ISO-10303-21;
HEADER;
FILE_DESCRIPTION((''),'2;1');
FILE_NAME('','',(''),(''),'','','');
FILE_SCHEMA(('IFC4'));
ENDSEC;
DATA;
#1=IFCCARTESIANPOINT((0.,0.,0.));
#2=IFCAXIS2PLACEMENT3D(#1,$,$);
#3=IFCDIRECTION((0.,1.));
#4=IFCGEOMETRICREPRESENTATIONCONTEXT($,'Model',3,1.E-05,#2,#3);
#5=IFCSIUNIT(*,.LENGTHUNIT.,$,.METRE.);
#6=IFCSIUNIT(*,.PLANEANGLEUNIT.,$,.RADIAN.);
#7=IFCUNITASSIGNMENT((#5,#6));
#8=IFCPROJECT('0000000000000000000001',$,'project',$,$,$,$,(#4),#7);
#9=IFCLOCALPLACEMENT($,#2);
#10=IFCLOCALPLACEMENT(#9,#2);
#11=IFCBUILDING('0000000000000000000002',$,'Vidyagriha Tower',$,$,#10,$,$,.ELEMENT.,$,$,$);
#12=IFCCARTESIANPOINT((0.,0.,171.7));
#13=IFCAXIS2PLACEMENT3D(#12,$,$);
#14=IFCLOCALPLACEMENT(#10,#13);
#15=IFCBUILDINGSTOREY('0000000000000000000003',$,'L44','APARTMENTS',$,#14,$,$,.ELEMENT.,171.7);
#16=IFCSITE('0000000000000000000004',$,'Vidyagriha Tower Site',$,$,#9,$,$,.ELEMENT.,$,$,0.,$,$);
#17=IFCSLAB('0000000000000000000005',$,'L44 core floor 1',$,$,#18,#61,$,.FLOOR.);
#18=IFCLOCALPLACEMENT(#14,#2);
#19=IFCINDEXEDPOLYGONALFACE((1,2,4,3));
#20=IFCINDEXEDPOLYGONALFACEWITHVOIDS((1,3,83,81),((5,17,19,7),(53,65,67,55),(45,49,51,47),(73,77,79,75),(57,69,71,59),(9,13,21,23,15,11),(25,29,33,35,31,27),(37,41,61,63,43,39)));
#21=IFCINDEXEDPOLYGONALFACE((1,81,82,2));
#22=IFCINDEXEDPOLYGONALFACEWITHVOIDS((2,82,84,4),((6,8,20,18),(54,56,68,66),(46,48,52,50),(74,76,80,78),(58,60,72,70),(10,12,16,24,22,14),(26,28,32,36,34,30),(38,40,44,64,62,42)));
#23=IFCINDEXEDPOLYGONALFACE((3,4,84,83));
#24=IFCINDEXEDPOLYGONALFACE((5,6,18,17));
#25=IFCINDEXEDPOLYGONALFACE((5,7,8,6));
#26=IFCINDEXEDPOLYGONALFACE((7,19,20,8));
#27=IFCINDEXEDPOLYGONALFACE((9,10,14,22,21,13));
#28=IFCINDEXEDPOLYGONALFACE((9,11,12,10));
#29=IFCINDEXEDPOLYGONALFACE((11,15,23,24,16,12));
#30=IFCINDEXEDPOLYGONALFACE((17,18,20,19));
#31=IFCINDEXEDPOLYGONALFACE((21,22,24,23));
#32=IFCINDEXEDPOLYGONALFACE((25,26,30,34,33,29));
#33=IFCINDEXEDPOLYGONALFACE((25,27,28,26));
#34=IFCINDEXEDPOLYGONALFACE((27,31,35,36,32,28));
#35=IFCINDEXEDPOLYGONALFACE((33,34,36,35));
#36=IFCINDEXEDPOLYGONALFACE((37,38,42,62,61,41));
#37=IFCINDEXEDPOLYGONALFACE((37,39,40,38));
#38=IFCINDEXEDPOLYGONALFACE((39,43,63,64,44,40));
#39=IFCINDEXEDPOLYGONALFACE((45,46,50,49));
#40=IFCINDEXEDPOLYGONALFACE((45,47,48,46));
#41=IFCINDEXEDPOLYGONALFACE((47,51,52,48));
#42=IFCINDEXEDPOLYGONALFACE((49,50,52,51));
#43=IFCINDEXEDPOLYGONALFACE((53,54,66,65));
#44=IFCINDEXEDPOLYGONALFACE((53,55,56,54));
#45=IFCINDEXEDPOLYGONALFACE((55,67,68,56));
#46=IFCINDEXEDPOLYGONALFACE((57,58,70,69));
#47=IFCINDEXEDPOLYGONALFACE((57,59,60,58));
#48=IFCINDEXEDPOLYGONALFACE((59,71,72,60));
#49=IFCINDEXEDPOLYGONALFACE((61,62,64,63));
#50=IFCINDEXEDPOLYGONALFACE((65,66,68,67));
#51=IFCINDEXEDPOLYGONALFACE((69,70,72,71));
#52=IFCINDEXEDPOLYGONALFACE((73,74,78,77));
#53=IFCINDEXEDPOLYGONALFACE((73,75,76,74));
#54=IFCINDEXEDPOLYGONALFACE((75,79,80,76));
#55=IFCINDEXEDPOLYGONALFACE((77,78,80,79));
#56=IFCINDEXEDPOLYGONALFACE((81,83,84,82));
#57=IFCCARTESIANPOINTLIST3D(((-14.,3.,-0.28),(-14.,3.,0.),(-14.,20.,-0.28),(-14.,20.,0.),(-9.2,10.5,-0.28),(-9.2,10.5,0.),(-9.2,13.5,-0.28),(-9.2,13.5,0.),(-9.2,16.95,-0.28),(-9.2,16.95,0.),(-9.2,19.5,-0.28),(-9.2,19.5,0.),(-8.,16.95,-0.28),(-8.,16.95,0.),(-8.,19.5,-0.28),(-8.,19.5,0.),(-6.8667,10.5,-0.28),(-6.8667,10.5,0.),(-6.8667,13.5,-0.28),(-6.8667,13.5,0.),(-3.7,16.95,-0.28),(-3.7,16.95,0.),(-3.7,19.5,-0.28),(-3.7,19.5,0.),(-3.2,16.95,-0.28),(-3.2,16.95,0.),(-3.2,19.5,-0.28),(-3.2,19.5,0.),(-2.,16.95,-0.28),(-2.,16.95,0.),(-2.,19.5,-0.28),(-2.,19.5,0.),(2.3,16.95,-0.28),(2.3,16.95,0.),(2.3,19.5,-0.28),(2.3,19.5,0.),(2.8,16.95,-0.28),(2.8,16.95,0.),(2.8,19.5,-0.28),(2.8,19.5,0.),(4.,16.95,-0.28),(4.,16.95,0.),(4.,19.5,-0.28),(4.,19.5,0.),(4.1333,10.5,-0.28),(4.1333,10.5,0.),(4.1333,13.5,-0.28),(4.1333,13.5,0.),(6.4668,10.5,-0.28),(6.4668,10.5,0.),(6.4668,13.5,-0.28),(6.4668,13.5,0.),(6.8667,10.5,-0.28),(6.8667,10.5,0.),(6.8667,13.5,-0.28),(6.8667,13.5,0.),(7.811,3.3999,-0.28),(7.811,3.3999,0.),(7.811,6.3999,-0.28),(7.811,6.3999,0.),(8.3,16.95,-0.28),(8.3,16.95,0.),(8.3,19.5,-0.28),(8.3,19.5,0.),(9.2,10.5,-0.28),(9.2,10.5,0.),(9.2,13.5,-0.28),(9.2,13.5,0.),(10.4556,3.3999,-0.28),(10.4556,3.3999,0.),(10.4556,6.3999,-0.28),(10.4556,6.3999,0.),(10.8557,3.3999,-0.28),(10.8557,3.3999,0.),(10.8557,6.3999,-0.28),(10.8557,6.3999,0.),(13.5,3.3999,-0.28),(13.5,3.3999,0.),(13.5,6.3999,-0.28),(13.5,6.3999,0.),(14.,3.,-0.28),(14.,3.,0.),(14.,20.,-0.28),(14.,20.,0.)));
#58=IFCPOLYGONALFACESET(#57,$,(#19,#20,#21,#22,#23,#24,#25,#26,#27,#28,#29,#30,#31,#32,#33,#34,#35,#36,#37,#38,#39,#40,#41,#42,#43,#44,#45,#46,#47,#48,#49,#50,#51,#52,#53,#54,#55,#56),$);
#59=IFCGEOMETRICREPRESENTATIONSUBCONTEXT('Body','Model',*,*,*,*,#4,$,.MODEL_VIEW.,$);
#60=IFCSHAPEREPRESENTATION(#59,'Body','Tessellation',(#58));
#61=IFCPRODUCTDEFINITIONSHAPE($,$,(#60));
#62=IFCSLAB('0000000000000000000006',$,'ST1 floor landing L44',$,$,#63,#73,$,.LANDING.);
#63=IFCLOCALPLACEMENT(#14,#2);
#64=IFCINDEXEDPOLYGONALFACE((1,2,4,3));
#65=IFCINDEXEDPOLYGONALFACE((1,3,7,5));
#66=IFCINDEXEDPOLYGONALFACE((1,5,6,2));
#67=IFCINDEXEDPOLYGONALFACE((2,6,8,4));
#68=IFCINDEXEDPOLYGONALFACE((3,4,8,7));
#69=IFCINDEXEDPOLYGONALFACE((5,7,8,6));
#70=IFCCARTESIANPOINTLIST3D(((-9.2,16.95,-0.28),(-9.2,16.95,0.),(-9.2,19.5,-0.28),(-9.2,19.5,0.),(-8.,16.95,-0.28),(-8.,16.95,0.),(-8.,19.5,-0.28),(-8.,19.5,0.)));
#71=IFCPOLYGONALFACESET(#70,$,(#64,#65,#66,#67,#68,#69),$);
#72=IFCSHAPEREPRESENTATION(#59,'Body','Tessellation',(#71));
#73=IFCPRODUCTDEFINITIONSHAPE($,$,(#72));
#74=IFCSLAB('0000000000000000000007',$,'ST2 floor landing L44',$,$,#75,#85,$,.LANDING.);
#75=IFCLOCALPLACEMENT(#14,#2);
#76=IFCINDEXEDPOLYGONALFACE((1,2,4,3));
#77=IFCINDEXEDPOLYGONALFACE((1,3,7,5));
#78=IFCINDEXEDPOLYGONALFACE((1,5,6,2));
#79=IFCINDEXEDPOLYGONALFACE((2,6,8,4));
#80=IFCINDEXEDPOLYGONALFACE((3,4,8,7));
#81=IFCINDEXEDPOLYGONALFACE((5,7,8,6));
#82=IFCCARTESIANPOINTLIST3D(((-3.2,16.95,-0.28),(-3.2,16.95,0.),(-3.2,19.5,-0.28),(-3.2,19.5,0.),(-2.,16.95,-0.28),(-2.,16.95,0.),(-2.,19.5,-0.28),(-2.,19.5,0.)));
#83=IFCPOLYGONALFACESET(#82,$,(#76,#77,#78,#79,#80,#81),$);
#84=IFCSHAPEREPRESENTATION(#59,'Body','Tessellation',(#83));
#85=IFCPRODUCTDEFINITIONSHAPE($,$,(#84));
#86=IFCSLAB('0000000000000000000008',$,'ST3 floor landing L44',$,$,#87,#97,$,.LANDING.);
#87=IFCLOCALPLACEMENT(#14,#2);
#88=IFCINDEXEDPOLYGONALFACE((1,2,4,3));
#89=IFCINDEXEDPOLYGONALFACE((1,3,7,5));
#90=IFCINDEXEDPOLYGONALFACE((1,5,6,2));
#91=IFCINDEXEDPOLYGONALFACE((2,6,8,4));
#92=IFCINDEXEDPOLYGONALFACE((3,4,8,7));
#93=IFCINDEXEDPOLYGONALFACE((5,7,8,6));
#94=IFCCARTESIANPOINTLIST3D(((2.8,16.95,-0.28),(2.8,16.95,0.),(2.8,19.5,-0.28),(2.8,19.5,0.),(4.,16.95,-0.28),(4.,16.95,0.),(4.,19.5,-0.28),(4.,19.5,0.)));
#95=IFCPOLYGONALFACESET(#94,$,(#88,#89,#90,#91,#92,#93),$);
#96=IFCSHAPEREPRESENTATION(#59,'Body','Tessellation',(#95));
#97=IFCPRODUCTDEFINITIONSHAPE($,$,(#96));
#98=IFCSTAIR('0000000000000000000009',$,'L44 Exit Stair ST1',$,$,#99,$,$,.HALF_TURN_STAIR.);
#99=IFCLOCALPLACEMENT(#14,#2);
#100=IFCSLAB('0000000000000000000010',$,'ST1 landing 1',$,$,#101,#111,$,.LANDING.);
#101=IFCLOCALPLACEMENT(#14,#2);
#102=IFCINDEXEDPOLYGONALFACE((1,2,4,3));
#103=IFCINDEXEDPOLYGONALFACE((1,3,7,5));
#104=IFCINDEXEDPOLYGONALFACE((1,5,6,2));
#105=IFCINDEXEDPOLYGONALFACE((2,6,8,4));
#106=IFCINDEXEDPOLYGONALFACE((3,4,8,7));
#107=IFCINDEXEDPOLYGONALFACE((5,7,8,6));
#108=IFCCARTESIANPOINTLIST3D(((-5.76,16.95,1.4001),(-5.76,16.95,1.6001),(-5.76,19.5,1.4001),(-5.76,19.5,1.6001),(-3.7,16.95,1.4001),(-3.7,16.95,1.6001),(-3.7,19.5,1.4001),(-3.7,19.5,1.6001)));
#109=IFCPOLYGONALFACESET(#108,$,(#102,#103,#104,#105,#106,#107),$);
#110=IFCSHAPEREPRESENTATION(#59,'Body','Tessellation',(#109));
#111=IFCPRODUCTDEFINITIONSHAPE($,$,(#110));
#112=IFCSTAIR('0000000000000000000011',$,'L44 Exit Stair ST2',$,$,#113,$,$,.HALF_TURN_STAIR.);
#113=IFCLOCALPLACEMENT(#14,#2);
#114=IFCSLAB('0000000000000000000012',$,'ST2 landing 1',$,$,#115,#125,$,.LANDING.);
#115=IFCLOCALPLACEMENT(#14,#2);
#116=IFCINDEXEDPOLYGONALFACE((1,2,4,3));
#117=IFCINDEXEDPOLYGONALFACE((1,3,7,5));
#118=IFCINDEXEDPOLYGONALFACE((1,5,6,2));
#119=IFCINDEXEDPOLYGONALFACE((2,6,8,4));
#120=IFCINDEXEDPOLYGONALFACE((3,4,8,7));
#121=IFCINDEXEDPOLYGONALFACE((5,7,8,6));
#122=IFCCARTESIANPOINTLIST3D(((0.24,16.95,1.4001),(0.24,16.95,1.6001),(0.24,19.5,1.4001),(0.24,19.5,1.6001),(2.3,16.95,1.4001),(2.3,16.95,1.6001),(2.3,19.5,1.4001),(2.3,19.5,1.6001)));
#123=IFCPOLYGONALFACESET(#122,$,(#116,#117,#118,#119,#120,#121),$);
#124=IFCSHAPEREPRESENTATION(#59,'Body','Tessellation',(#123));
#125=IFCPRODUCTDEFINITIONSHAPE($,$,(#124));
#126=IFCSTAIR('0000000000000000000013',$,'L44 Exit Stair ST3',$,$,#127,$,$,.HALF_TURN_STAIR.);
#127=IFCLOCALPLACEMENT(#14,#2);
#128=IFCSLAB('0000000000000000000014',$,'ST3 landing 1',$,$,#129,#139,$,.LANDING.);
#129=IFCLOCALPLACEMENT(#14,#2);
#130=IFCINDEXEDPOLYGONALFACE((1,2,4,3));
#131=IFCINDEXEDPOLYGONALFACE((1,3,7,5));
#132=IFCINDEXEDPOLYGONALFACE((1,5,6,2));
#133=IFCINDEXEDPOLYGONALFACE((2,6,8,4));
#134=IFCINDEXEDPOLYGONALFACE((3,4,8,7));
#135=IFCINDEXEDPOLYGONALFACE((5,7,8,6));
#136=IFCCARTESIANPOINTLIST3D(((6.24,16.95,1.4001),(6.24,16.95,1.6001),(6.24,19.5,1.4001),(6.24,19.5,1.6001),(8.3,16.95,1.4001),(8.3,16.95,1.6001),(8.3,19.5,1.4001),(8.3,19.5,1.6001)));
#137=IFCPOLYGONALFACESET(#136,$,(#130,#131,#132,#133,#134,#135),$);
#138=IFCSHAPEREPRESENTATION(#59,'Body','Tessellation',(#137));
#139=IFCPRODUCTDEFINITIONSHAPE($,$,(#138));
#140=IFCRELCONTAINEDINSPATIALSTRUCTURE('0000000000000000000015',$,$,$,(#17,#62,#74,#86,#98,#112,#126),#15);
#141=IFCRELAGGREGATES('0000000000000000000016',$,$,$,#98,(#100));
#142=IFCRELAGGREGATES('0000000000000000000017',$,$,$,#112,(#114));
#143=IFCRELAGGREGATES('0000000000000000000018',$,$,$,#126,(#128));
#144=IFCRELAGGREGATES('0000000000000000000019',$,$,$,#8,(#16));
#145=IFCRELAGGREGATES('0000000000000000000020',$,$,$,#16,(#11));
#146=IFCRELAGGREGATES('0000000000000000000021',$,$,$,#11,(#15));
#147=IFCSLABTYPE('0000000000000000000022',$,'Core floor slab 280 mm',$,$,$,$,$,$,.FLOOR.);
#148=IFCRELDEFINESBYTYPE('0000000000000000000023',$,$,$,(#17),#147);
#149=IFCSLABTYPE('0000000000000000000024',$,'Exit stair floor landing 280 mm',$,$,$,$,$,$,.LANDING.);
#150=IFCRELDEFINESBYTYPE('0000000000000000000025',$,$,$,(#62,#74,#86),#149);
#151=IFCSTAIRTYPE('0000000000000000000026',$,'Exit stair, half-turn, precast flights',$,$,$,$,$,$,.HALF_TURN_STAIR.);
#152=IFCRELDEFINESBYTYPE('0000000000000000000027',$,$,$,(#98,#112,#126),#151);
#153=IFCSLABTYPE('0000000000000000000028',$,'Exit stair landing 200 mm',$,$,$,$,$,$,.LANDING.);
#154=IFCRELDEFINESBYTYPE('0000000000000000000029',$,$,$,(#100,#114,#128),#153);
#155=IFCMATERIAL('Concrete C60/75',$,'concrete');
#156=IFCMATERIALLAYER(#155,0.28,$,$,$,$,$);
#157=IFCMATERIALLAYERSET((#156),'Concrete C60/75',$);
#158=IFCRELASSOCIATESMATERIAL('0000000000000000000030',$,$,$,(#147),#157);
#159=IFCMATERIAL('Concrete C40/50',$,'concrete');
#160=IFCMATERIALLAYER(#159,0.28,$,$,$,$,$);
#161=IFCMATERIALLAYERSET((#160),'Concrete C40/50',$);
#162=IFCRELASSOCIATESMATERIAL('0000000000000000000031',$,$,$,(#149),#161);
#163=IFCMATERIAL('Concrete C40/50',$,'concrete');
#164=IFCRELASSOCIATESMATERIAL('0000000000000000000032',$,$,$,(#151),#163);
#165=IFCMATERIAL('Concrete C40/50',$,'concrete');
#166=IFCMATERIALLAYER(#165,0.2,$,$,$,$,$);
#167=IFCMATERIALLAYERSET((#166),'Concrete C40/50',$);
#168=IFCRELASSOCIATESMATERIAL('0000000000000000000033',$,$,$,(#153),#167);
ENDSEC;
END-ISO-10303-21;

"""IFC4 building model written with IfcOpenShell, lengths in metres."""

from ifc_helpers import new_model, si_unit, direction, frame, origin, place, context, subcontext, project, spatial, polyline, outline, extrude, material, layer, layer_set, type_object, element, aggregate, save


model = new_model("IFC4")

# Units and contexts
model_context = context("Model", 3, precision=1e-05, world=origin(), true_north=direction((0.0, 1.0)))
body_context = subcontext(model_context, "Body", "Model", "MODEL_VIEW")
ifc_project = project(units=[si_unit("LENGTHUNIT", "METRE"), si_unit("PLANEANGLEUNIT", "RADIAN")], contexts=[model_context])

# Site, building, storey
site_placement = place(None, origin())
site = spatial("IfcSite", under=ifc_project, at=site_placement, Name="Vidyagriha Tower Site", CompositionType="ELEMENT", RefElevation=0.0)
building_placement = place(site_placement, origin())
building = spatial("IfcBuilding", under=site, at=building_placement, Name="Vidyagriha Tower", CompositionType="ELEMENT")
storey_placement = place(building_placement, frame((0.0, 0.0, 171.7)))
storey = spatial("IfcBuildingStorey", under=building, at=storey_placement, Name="L44", Description="APARTMENTS", CompositionType="ELEMENT", Elevation=171.7)

# Slabs
ifc_material_1 = material(Name="Concrete C60/75", Category="concrete")
ifc_layer_1 = layer(ifc_material_1, 0.28)
ifc_layer_set_1 = layer_set([ifc_layer_1], Name="Concrete C60/75")
slab_type_1 = type_object("IfcSlabType", Name="Core floor slab 280 mm", PredefinedType="FLOOR", material=ifc_layer_set_1)
slab_1_placement = place(storey_placement, frame((0.0, 0.0, -0.28)))
element("IfcSlab", 1, at=slab_1_placement, inside=storey, type_object=slab_type_1, Name="L44 core floor 1", PredefinedType="FLOOR", context=body_context, shape_type="SweptSolid", body=[
    extrude(outline(polyline([(-14.0, 3.0), (-14.0, 20.0), (14.0, 20.0), (14.0, 3.0), (-14.0, 3.0)]), holes=[polyline([(13.5, 6.3999), (10.8557, 6.3999), (10.8557, 3.3999), (13.5, 3.3999), (13.5, 6.3999)]), polyline([(10.4556, 6.3999), (7.811, 6.3999), (7.811, 3.3999), (10.4556, 3.3999), (10.4556, 6.3999)]), polyline([(9.2, 13.5), (6.8667, 13.5), (6.8667, 10.5), (9.2, 10.5), (9.2, 13.5)]), polyline([(2.8, 19.5), (2.8, 16.95), (4.0, 16.95), (8.3, 16.95), (8.3, 19.5), (4.0, 19.5), (2.8, 19.5)]), polyline([(4.1333, 13.5), (4.1333, 10.5), (6.4668, 10.5), (6.4668, 13.5), (4.1333, 13.5)]), polyline([(-2.0, 19.5), (-3.2, 19.5), (-3.2, 16.95), (-2.0, 16.95), (2.3, 16.95), (2.3, 19.5), (-2.0, 19.5)]), polyline([(-9.2, 19.5), (-9.2, 16.95), (-8.0, 16.95), (-3.7, 16.95), (-3.7, 19.5), (-8.0, 19.5), (-9.2, 19.5)]), polyline([(-9.2, 13.5), (-9.2, 10.5), (-6.8667, 10.5), (-6.8667, 13.5), (-9.2, 13.5)])]), origin(), (0.0, 0.0, 1.0), 0.28),
])
ifc_material_2 = material(Name="Concrete C40/50", Category="concrete")
ifc_layer_2 = layer(ifc_material_2, 0.28)
ifc_layer_set_2 = layer_set([ifc_layer_2], Name="Concrete C40/50")
slab_type_2 = type_object("IfcSlabType", Name="Exit stair floor landing 280 mm", PredefinedType="LANDING", material=ifc_layer_set_2)
slab_2_placement = place(storey_placement, frame((0.0, 0.0, -0.28)))
element("IfcSlab", 2, at=slab_2_placement, inside=storey, type_object=slab_type_2, Name="ST1 floor landing L44", PredefinedType="LANDING", context=body_context, shape_type="SweptSolid", body=[
    extrude(outline(polyline([(-9.2, 16.95), (-8.0, 16.95), (-8.0, 19.5), (-9.2, 19.5), (-9.2, 16.95)])), origin(), (0.0, 0.0, 1.0), 0.28),
])
slab_3_placement = place(storey_placement, frame((0.0, 0.0, -0.28)))
element("IfcSlab", 3, at=slab_3_placement, inside=storey, type_object=slab_type_2, Name="ST2 floor landing L44", PredefinedType="LANDING", context=body_context, shape_type="SweptSolid", body=[
    extrude(outline(polyline([(-3.2, 16.95), (-2.0, 16.95), (-2.0, 19.5), (-3.2, 19.5), (-3.2, 16.95)])), origin(), (0.0, 0.0, 1.0), 0.28),
])
slab_4_placement = place(storey_placement, frame((0.0, 0.0, -0.28)))
element("IfcSlab", 4, at=slab_4_placement, inside=storey, type_object=slab_type_2, Name="ST3 floor landing L44", PredefinedType="LANDING", context=body_context, shape_type="SweptSolid", body=[
    extrude(outline(polyline([(2.8, 16.95), (4.0, 16.95), (4.0, 19.5), (2.8, 19.5), (2.8, 16.95)])), origin(), (0.0, 0.0, 1.0), 0.28),
])

# Stairs, slabs
ifc_material_3 = material(Name="Concrete C40/50", Category="concrete")
stair_type = type_object("IfcStairType", Name="Exit stair, half-turn, precast flights", PredefinedType="HALF_TURN_STAIR", material=ifc_material_3)
stair_1_placement = place(storey_placement, origin())
stair_1 = element("IfcStair", 5, at=stair_1_placement, inside=storey, type_object=stair_type, Name="L44 Exit Stair ST1", PredefinedType="HALF_TURN_STAIR")
ifc_material_4 = material(Name="Concrete C40/50", Category="concrete")
ifc_layer_3 = layer(ifc_material_4, 0.2)
ifc_layer_set_3 = layer_set([ifc_layer_3], Name="Concrete C40/50")
slab_type_3 = type_object("IfcSlabType", Name="Exit stair landing 200 mm", PredefinedType="LANDING", material=ifc_layer_set_3)
slab_5_placement = place(storey_placement, frame((0.0, 0.0, 1.4001)))
slab_5 = element("IfcSlab", 6, at=slab_5_placement, type_object=slab_type_3, Name="ST1 landing 1", PredefinedType="LANDING", context=body_context, shape_type="SweptSolid", body=[
    extrude(outline(polyline([(-5.76, 16.95), (-3.7, 16.95), (-3.7, 19.5), (-5.76, 19.5), (-5.76, 16.95)])), origin(), (0.0, 0.0, 1.0), 0.2),
])
aggregate(stair_1, [slab_5])
stair_2_placement = place(storey_placement, origin())
stair_2 = element("IfcStair", 7, at=stair_2_placement, inside=storey, type_object=stair_type, Name="L44 Exit Stair ST2", PredefinedType="HALF_TURN_STAIR")
slab_6_placement = place(storey_placement, frame((0.0, 0.0, 1.4001)))
slab_6 = element("IfcSlab", 8, at=slab_6_placement, type_object=slab_type_3, Name="ST2 landing 1", PredefinedType="LANDING", context=body_context, shape_type="SweptSolid", body=[
    extrude(outline(polyline([(0.24, 16.95), (2.3, 16.95), (2.3, 19.5), (0.24, 19.5), (0.24, 16.95)])), origin(), (0.0, 0.0, 1.0), 0.2),
])
aggregate(stair_2, [slab_6])
stair_3_placement = place(storey_placement, origin())
stair_3 = element("IfcStair", 9, at=stair_3_placement, inside=storey, type_object=stair_type, Name="L44 Exit Stair ST3", PredefinedType="HALF_TURN_STAIR")
slab_7_placement = place(storey_placement, frame((0.0, 0.0, 1.4001)))
slab_7 = element("IfcSlab", 10, at=slab_7_placement, type_object=slab_type_3, Name="ST3 landing 1", PredefinedType="LANDING", context=body_context, shape_type="SweptSolid", body=[
    extrude(outline(polyline([(6.24, 16.95), (8.3, 16.95), (8.3, 19.5), (6.24, 19.5), (6.24, 16.95)])), origin(), (0.0, 0.0, 1.0), 0.2),
])
aggregate(stair_3, [slab_7])

save(model, "model.ifc")
